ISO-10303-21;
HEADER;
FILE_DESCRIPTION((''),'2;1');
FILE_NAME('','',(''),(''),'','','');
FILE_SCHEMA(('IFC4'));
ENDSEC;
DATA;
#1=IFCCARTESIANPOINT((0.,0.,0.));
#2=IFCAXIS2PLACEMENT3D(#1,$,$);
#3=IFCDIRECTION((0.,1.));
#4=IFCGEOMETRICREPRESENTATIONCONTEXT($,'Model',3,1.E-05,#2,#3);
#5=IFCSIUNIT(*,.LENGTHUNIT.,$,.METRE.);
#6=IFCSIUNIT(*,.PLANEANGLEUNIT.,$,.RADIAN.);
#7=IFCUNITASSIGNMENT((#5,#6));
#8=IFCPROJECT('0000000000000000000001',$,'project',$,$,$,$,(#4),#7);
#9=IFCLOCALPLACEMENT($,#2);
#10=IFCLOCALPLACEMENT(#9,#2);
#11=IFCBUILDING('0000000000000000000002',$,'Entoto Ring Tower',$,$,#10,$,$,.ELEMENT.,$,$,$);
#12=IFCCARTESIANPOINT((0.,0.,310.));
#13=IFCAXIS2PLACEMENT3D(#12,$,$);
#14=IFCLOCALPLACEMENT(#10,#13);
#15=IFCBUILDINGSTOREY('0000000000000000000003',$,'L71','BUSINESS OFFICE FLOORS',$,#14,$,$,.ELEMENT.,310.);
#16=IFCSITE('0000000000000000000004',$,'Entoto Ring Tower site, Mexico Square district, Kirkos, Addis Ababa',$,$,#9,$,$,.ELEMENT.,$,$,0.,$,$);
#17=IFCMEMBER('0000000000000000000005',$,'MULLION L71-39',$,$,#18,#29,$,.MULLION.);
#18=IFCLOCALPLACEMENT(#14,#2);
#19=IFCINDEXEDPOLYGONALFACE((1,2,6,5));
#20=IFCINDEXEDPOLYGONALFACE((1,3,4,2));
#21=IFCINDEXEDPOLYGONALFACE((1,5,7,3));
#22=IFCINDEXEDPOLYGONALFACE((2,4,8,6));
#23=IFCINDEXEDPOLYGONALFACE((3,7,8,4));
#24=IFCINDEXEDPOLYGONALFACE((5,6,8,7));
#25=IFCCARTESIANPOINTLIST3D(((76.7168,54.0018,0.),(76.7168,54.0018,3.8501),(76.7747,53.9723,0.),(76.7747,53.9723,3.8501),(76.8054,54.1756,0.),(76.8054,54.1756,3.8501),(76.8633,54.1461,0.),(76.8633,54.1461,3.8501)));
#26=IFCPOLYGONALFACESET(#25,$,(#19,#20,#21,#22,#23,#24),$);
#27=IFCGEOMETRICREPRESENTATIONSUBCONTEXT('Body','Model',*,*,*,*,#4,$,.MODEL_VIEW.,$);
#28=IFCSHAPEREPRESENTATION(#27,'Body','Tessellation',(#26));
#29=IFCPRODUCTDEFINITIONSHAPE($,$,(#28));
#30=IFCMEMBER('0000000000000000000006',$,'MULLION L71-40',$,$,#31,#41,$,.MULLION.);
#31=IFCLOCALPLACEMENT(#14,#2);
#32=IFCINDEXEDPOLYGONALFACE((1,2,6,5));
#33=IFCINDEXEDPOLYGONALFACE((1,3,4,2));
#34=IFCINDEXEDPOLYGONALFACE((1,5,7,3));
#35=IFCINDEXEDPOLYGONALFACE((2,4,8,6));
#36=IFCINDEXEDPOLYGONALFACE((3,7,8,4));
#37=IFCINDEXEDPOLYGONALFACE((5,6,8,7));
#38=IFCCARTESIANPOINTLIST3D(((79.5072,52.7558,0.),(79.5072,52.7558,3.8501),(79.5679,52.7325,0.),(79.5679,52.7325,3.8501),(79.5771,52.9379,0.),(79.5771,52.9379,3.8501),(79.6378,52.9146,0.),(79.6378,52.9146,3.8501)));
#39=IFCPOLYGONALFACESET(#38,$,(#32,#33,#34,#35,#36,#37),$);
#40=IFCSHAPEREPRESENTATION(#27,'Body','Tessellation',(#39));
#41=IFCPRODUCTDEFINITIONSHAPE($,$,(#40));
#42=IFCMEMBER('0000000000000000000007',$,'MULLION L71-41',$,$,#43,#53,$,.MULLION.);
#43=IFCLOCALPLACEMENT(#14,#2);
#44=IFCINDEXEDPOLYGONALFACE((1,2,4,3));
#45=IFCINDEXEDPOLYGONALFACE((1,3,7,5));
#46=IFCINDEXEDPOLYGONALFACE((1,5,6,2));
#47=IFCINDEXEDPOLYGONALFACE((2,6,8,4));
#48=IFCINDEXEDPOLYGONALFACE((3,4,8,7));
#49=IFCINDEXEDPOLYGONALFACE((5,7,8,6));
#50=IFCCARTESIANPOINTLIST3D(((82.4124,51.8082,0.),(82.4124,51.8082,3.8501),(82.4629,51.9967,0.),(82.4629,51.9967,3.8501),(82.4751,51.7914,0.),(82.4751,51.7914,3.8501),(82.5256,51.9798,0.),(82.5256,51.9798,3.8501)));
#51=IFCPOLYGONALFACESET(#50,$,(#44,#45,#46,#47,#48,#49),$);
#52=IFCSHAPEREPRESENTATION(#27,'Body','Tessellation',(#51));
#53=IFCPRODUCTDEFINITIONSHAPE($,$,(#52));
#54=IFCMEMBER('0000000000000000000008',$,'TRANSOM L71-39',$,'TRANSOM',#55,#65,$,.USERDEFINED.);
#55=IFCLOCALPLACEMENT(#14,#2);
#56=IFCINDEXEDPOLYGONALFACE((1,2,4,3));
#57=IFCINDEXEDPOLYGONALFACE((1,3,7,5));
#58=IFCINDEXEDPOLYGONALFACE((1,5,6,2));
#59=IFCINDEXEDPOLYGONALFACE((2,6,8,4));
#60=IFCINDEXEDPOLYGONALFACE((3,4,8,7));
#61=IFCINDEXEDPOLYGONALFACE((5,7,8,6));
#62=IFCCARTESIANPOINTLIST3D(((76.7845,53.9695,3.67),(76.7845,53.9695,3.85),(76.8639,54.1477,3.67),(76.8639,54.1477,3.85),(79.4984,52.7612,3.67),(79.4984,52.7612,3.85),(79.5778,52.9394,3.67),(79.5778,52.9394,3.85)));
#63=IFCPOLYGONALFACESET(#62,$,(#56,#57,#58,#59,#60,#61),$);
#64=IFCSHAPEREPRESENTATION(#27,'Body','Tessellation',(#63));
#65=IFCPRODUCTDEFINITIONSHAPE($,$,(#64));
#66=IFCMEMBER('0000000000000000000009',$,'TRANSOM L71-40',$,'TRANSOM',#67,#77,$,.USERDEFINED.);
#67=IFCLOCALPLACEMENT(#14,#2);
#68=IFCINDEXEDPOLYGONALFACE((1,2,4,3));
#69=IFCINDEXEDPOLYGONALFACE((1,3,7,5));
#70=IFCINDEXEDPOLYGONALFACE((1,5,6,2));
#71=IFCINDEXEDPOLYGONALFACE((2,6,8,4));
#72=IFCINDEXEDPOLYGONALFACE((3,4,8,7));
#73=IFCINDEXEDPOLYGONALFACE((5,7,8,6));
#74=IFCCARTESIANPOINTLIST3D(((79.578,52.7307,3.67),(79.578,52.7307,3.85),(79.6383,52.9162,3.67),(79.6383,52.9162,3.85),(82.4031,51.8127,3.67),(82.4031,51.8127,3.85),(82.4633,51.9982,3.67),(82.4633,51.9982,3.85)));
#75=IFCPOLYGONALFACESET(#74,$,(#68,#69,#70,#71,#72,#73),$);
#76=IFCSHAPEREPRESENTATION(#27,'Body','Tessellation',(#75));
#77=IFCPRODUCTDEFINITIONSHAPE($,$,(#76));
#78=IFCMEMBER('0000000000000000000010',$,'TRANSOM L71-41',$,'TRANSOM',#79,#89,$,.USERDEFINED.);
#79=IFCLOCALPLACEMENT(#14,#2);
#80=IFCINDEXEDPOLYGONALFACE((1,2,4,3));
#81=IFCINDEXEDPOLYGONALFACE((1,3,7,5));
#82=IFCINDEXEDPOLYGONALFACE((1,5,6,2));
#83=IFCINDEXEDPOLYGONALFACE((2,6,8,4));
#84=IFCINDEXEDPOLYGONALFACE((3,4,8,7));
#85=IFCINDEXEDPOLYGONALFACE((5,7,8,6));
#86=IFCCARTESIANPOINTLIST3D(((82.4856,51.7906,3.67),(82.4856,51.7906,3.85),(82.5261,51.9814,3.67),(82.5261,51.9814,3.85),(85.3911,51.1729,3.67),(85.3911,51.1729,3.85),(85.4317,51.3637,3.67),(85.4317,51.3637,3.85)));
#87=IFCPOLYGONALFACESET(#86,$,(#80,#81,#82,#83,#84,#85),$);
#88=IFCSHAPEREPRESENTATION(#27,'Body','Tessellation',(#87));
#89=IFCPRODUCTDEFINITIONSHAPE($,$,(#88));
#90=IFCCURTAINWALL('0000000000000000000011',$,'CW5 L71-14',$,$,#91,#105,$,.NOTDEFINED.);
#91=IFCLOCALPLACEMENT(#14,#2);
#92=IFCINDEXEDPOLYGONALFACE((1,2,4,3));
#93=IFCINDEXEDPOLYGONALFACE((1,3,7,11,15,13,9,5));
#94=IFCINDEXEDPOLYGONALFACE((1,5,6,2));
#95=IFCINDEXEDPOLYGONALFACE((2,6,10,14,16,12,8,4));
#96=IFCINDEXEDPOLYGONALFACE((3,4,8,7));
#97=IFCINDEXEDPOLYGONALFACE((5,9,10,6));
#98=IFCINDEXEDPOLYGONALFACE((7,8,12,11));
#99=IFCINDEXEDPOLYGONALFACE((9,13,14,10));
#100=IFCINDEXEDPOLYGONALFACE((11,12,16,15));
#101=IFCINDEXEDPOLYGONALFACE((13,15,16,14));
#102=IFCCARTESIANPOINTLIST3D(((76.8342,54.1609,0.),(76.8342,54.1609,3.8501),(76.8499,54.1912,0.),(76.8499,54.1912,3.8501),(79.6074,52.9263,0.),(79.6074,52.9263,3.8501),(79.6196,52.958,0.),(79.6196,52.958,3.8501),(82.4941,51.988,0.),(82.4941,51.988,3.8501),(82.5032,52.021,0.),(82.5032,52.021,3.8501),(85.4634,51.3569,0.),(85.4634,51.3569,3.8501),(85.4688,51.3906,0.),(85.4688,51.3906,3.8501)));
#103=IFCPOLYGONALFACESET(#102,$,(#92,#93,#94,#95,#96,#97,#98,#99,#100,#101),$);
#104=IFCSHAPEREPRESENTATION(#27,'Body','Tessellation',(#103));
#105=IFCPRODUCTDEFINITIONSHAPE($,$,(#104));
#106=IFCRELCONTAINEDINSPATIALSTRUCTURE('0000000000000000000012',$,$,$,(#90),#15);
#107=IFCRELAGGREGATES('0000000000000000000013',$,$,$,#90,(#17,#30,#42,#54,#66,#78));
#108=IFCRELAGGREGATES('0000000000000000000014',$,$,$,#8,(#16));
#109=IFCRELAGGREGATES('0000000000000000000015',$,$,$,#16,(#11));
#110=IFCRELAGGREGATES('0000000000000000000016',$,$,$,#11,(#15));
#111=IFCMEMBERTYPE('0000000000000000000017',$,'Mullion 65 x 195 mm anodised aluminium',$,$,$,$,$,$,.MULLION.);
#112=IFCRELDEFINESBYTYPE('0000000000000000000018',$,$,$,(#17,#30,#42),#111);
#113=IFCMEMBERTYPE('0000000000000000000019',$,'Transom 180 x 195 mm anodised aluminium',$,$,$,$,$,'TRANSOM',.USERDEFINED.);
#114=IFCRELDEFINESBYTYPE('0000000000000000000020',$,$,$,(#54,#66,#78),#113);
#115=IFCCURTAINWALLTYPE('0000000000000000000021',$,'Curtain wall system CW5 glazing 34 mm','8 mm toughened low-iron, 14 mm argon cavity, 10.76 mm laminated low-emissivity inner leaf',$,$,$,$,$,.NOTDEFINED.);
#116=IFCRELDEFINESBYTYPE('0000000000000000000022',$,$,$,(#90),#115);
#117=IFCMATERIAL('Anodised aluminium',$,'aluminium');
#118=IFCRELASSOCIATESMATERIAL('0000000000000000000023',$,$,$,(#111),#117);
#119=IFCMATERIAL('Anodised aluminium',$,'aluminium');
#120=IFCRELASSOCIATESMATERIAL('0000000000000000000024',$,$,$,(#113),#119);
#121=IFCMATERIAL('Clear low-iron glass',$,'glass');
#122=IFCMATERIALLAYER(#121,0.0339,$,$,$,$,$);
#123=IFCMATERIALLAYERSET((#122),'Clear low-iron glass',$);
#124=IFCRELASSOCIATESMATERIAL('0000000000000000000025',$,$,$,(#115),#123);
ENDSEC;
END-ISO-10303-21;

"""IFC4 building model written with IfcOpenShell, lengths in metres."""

from ifc_helpers import new_model, si_unit, direction, frame, origin, origin_2d, place, context, subcontext, project, spatial, polyline, rectangle, outline, extrude, material, layer, layer_set, material_profile, profile_set, type_object, element, aggregate, save


model = new_model("IFC4")

# Units and contexts
model_context = context("Model", 3, precision=1e-05, world=origin(), true_north=direction((0.0, 1.0)))
body_context = subcontext(model_context, "Body", "Model", "MODEL_VIEW")
ifc_project = project(units=[si_unit("LENGTHUNIT", "METRE"), si_unit("PLANEANGLEUNIT", "RADIAN")], contexts=[model_context])

# Members
ifc_material_1 = material(Name="Anodised aluminium", Category="aluminium")
ifc_material_profile_1 = material_profile(ifc_material_1, rectangle(XDim=0.0649, YDim=0.1951, at=origin_2d()), Name="Mullion 65 x 195 mm anodised aluminium")
ifc_profile_set_1 = profile_set([ifc_material_profile_1], Name="Anodised aluminium")
member_type_1 = type_object("IfcMemberType", Name="Mullion 65 x 195 mm anodised aluminium", PredefinedType="MULLION", material=ifc_profile_set_1)
site_placement = place(None, origin())
building_placement = place(site_placement, origin())
storey_placement = place(building_placement, frame((0.0, 0.0, 310.0)))
member_1_placement = place(storey_placement, frame((76.79, 54.074, 0.0), z_axis=(0.0, 0.0, 1.0), x_axis=(0.891007, -0.45399, 0.0)))
member_1 = element("IfcMember", 1, at=member_1_placement, type_object=member_type_1, Name="MULLION L71-39", PredefinedType="MULLION", context=body_context, shape_type="SweptSolid", body=[
    extrude(rectangle(XDim=0.0649, YDim=0.1951, at=origin_2d()), origin(), (0.0, 0.0, 1.0), 3.8501),
])
member_2_placement = place(storey_placement, frame((79.5725, 52.8352, 0.0), z_axis=(0.0, 0.0, 1.0), x_axis=(0.93358, -0.358368, 0.0)))
member_2 = element("IfcMember", 2, at=member_2_placement, type_object=member_type_1, Name="MULLION L71-40", PredefinedType="MULLION", context=body_context, shape_type="SweptSolid", body=[
    extrude(rectangle(XDim=0.0649, YDim=0.1951, at=origin_2d()), origin(), (0.0, 0.0, 1.0), 3.8501),
])
member_3_placement = place(storey_placement, frame((82.469, 51.894, 0.0), z_axis=(0.0, 0.0, 1.0), x_axis=(0.965926, -0.258819, 0.0)))
member_3 = element("IfcMember", 3, at=member_3_placement, type_object=member_type_1, Name="MULLION L71-41", PredefinedType="MULLION", context=body_context, shape_type="SweptSolid", body=[
    extrude(rectangle(XDim=0.0649, YDim=0.1951, at=origin_2d()), origin(), (0.0, 0.0, 1.0), 3.8501),
])
ifc_material_2 = material(Name="Anodised aluminium", Category="aluminium")
ifc_material_profile_2 = material_profile(ifc_material_2, rectangle(XDim=0.1951, YDim=0.1799, at=origin_2d()), Name="Transom 180 x 195 mm anodised aluminium")
ifc_profile_set_2 = profile_set([ifc_material_profile_2], Name="Anodised aluminium")
member_type_2 = type_object("IfcMemberType", Name="Transom 180 x 195 mm anodised aluminium", ElementType="TRANSOM", PredefinedType="USERDEFINED", material=ifc_profile_set_2)
member_4_placement = place(storey_placement, frame((76.8242, 54.0586, 3.76), z_axis=(0.91355, -0.406726, 0.0), x_axis=(0.406726, 0.91355, 0.0)))
member_4 = element("IfcMember", 4, at=member_4_placement, type_object=member_type_2, Name="TRANSOM L71-39", ObjectType="TRANSOM", PredefinedType="USERDEFINED", context=body_context, shape_type="SweptSolid", body=[
    extrude(rectangle(XDim=0.1951, YDim=0.1799, at=origin_2d()), origin(), (0.0, 0.0, 1.0), 2.9707),
])
member_5_placement = place(storey_placement, frame((79.6082, 52.8235, 3.76), z_axis=(0.951048, -0.309043, 0.0), x_axis=(0.309043, 0.951048, 0.0)))
member_5 = element("IfcMember", 5, at=member_5_placement, type_object=member_type_2, Name="TRANSOM L71-40", ObjectType="TRANSOM", PredefinedType="USERDEFINED", context=body_context, shape_type="SweptSolid", body=[
    extrude(rectangle(XDim=0.1951, YDim=0.1799, at=origin_2d()), origin(), (0.0, 0.0, 1.0), 2.9705),
])
member_6_placement = place(storey_placement, frame((82.5059, 51.886, 3.76), z_axis=(0.978142, -0.20794, 0.0), x_axis=(0.20794, 0.978142, 0.0)))
member_6 = element("IfcMember", 6, at=member_6_placement, type_object=member_type_2, Name="TRANSOM L71-41", ObjectType="TRANSOM", PredefinedType="USERDEFINED", context=body_context, shape_type="SweptSolid", body=[
    extrude(rectangle(XDim=0.1951, YDim=0.1799, at=origin_2d()), origin(), (0.0, 0.0, 1.0), 2.9705),
])

# Site, building, storey
site = spatial("IfcSite", under=ifc_project, at=site_placement, Name="Entoto Ring Tower site, Mexico Square district, Kirkos, Addis Ababa", CompositionType="ELEMENT", RefElevation=0.0)
building = spatial("IfcBuilding", under=site, at=building_placement, Name="Entoto Ring Tower", CompositionType="ELEMENT")
storey = spatial("IfcBuildingStorey", under=building, at=storey_placement, Name="L71", Description="BUSINESS OFFICE FLOORS", CompositionType="ELEMENT", Elevation=310.0)

# Curtain wall
ifc_material_3 = material(Name="Clear low-iron glass", Category="glass")
ifc_layer = layer(ifc_material_3, 0.0339)
ifc_layer_set = layer_set([ifc_layer], Name="Clear low-iron glass")
curtain_wall_type = type_object("IfcCurtainWallType", Name="Curtain wall system CW5 glazing 34 mm", Description="8 mm toughened low-iron, 14 mm argon cavity, 10.76 mm laminated low-emissivity inner leaf", PredefinedType="NOTDEFINED", material=ifc_layer_set)
curtain_wall_1_placement = place(storey_placement, origin())
curtain_wall_1 = element("IfcCurtainWall", 7, at=curtain_wall_1_placement, inside=storey, type_object=curtain_wall_type, Name="CW5 L71-14", PredefinedType="NOTDEFINED", context=body_context, shape_type="SweptSolid", body=[
    extrude(outline(polyline([(76.8342, 54.1609), (79.6074, 52.9263), (82.4941, 51.988), (85.4634, 51.3569), (85.4688, 51.3906), (82.5032, 52.021), (79.6196, 52.958), (76.8499, 54.1912), (76.8342, 54.1609)])), origin(), (0.0, 0.0, 1.0), 3.8501),
])
aggregate(curtain_wall_1, [member_1, member_2, member_3, member_4, member_5, member_6])

save(model, "model.ifc")
